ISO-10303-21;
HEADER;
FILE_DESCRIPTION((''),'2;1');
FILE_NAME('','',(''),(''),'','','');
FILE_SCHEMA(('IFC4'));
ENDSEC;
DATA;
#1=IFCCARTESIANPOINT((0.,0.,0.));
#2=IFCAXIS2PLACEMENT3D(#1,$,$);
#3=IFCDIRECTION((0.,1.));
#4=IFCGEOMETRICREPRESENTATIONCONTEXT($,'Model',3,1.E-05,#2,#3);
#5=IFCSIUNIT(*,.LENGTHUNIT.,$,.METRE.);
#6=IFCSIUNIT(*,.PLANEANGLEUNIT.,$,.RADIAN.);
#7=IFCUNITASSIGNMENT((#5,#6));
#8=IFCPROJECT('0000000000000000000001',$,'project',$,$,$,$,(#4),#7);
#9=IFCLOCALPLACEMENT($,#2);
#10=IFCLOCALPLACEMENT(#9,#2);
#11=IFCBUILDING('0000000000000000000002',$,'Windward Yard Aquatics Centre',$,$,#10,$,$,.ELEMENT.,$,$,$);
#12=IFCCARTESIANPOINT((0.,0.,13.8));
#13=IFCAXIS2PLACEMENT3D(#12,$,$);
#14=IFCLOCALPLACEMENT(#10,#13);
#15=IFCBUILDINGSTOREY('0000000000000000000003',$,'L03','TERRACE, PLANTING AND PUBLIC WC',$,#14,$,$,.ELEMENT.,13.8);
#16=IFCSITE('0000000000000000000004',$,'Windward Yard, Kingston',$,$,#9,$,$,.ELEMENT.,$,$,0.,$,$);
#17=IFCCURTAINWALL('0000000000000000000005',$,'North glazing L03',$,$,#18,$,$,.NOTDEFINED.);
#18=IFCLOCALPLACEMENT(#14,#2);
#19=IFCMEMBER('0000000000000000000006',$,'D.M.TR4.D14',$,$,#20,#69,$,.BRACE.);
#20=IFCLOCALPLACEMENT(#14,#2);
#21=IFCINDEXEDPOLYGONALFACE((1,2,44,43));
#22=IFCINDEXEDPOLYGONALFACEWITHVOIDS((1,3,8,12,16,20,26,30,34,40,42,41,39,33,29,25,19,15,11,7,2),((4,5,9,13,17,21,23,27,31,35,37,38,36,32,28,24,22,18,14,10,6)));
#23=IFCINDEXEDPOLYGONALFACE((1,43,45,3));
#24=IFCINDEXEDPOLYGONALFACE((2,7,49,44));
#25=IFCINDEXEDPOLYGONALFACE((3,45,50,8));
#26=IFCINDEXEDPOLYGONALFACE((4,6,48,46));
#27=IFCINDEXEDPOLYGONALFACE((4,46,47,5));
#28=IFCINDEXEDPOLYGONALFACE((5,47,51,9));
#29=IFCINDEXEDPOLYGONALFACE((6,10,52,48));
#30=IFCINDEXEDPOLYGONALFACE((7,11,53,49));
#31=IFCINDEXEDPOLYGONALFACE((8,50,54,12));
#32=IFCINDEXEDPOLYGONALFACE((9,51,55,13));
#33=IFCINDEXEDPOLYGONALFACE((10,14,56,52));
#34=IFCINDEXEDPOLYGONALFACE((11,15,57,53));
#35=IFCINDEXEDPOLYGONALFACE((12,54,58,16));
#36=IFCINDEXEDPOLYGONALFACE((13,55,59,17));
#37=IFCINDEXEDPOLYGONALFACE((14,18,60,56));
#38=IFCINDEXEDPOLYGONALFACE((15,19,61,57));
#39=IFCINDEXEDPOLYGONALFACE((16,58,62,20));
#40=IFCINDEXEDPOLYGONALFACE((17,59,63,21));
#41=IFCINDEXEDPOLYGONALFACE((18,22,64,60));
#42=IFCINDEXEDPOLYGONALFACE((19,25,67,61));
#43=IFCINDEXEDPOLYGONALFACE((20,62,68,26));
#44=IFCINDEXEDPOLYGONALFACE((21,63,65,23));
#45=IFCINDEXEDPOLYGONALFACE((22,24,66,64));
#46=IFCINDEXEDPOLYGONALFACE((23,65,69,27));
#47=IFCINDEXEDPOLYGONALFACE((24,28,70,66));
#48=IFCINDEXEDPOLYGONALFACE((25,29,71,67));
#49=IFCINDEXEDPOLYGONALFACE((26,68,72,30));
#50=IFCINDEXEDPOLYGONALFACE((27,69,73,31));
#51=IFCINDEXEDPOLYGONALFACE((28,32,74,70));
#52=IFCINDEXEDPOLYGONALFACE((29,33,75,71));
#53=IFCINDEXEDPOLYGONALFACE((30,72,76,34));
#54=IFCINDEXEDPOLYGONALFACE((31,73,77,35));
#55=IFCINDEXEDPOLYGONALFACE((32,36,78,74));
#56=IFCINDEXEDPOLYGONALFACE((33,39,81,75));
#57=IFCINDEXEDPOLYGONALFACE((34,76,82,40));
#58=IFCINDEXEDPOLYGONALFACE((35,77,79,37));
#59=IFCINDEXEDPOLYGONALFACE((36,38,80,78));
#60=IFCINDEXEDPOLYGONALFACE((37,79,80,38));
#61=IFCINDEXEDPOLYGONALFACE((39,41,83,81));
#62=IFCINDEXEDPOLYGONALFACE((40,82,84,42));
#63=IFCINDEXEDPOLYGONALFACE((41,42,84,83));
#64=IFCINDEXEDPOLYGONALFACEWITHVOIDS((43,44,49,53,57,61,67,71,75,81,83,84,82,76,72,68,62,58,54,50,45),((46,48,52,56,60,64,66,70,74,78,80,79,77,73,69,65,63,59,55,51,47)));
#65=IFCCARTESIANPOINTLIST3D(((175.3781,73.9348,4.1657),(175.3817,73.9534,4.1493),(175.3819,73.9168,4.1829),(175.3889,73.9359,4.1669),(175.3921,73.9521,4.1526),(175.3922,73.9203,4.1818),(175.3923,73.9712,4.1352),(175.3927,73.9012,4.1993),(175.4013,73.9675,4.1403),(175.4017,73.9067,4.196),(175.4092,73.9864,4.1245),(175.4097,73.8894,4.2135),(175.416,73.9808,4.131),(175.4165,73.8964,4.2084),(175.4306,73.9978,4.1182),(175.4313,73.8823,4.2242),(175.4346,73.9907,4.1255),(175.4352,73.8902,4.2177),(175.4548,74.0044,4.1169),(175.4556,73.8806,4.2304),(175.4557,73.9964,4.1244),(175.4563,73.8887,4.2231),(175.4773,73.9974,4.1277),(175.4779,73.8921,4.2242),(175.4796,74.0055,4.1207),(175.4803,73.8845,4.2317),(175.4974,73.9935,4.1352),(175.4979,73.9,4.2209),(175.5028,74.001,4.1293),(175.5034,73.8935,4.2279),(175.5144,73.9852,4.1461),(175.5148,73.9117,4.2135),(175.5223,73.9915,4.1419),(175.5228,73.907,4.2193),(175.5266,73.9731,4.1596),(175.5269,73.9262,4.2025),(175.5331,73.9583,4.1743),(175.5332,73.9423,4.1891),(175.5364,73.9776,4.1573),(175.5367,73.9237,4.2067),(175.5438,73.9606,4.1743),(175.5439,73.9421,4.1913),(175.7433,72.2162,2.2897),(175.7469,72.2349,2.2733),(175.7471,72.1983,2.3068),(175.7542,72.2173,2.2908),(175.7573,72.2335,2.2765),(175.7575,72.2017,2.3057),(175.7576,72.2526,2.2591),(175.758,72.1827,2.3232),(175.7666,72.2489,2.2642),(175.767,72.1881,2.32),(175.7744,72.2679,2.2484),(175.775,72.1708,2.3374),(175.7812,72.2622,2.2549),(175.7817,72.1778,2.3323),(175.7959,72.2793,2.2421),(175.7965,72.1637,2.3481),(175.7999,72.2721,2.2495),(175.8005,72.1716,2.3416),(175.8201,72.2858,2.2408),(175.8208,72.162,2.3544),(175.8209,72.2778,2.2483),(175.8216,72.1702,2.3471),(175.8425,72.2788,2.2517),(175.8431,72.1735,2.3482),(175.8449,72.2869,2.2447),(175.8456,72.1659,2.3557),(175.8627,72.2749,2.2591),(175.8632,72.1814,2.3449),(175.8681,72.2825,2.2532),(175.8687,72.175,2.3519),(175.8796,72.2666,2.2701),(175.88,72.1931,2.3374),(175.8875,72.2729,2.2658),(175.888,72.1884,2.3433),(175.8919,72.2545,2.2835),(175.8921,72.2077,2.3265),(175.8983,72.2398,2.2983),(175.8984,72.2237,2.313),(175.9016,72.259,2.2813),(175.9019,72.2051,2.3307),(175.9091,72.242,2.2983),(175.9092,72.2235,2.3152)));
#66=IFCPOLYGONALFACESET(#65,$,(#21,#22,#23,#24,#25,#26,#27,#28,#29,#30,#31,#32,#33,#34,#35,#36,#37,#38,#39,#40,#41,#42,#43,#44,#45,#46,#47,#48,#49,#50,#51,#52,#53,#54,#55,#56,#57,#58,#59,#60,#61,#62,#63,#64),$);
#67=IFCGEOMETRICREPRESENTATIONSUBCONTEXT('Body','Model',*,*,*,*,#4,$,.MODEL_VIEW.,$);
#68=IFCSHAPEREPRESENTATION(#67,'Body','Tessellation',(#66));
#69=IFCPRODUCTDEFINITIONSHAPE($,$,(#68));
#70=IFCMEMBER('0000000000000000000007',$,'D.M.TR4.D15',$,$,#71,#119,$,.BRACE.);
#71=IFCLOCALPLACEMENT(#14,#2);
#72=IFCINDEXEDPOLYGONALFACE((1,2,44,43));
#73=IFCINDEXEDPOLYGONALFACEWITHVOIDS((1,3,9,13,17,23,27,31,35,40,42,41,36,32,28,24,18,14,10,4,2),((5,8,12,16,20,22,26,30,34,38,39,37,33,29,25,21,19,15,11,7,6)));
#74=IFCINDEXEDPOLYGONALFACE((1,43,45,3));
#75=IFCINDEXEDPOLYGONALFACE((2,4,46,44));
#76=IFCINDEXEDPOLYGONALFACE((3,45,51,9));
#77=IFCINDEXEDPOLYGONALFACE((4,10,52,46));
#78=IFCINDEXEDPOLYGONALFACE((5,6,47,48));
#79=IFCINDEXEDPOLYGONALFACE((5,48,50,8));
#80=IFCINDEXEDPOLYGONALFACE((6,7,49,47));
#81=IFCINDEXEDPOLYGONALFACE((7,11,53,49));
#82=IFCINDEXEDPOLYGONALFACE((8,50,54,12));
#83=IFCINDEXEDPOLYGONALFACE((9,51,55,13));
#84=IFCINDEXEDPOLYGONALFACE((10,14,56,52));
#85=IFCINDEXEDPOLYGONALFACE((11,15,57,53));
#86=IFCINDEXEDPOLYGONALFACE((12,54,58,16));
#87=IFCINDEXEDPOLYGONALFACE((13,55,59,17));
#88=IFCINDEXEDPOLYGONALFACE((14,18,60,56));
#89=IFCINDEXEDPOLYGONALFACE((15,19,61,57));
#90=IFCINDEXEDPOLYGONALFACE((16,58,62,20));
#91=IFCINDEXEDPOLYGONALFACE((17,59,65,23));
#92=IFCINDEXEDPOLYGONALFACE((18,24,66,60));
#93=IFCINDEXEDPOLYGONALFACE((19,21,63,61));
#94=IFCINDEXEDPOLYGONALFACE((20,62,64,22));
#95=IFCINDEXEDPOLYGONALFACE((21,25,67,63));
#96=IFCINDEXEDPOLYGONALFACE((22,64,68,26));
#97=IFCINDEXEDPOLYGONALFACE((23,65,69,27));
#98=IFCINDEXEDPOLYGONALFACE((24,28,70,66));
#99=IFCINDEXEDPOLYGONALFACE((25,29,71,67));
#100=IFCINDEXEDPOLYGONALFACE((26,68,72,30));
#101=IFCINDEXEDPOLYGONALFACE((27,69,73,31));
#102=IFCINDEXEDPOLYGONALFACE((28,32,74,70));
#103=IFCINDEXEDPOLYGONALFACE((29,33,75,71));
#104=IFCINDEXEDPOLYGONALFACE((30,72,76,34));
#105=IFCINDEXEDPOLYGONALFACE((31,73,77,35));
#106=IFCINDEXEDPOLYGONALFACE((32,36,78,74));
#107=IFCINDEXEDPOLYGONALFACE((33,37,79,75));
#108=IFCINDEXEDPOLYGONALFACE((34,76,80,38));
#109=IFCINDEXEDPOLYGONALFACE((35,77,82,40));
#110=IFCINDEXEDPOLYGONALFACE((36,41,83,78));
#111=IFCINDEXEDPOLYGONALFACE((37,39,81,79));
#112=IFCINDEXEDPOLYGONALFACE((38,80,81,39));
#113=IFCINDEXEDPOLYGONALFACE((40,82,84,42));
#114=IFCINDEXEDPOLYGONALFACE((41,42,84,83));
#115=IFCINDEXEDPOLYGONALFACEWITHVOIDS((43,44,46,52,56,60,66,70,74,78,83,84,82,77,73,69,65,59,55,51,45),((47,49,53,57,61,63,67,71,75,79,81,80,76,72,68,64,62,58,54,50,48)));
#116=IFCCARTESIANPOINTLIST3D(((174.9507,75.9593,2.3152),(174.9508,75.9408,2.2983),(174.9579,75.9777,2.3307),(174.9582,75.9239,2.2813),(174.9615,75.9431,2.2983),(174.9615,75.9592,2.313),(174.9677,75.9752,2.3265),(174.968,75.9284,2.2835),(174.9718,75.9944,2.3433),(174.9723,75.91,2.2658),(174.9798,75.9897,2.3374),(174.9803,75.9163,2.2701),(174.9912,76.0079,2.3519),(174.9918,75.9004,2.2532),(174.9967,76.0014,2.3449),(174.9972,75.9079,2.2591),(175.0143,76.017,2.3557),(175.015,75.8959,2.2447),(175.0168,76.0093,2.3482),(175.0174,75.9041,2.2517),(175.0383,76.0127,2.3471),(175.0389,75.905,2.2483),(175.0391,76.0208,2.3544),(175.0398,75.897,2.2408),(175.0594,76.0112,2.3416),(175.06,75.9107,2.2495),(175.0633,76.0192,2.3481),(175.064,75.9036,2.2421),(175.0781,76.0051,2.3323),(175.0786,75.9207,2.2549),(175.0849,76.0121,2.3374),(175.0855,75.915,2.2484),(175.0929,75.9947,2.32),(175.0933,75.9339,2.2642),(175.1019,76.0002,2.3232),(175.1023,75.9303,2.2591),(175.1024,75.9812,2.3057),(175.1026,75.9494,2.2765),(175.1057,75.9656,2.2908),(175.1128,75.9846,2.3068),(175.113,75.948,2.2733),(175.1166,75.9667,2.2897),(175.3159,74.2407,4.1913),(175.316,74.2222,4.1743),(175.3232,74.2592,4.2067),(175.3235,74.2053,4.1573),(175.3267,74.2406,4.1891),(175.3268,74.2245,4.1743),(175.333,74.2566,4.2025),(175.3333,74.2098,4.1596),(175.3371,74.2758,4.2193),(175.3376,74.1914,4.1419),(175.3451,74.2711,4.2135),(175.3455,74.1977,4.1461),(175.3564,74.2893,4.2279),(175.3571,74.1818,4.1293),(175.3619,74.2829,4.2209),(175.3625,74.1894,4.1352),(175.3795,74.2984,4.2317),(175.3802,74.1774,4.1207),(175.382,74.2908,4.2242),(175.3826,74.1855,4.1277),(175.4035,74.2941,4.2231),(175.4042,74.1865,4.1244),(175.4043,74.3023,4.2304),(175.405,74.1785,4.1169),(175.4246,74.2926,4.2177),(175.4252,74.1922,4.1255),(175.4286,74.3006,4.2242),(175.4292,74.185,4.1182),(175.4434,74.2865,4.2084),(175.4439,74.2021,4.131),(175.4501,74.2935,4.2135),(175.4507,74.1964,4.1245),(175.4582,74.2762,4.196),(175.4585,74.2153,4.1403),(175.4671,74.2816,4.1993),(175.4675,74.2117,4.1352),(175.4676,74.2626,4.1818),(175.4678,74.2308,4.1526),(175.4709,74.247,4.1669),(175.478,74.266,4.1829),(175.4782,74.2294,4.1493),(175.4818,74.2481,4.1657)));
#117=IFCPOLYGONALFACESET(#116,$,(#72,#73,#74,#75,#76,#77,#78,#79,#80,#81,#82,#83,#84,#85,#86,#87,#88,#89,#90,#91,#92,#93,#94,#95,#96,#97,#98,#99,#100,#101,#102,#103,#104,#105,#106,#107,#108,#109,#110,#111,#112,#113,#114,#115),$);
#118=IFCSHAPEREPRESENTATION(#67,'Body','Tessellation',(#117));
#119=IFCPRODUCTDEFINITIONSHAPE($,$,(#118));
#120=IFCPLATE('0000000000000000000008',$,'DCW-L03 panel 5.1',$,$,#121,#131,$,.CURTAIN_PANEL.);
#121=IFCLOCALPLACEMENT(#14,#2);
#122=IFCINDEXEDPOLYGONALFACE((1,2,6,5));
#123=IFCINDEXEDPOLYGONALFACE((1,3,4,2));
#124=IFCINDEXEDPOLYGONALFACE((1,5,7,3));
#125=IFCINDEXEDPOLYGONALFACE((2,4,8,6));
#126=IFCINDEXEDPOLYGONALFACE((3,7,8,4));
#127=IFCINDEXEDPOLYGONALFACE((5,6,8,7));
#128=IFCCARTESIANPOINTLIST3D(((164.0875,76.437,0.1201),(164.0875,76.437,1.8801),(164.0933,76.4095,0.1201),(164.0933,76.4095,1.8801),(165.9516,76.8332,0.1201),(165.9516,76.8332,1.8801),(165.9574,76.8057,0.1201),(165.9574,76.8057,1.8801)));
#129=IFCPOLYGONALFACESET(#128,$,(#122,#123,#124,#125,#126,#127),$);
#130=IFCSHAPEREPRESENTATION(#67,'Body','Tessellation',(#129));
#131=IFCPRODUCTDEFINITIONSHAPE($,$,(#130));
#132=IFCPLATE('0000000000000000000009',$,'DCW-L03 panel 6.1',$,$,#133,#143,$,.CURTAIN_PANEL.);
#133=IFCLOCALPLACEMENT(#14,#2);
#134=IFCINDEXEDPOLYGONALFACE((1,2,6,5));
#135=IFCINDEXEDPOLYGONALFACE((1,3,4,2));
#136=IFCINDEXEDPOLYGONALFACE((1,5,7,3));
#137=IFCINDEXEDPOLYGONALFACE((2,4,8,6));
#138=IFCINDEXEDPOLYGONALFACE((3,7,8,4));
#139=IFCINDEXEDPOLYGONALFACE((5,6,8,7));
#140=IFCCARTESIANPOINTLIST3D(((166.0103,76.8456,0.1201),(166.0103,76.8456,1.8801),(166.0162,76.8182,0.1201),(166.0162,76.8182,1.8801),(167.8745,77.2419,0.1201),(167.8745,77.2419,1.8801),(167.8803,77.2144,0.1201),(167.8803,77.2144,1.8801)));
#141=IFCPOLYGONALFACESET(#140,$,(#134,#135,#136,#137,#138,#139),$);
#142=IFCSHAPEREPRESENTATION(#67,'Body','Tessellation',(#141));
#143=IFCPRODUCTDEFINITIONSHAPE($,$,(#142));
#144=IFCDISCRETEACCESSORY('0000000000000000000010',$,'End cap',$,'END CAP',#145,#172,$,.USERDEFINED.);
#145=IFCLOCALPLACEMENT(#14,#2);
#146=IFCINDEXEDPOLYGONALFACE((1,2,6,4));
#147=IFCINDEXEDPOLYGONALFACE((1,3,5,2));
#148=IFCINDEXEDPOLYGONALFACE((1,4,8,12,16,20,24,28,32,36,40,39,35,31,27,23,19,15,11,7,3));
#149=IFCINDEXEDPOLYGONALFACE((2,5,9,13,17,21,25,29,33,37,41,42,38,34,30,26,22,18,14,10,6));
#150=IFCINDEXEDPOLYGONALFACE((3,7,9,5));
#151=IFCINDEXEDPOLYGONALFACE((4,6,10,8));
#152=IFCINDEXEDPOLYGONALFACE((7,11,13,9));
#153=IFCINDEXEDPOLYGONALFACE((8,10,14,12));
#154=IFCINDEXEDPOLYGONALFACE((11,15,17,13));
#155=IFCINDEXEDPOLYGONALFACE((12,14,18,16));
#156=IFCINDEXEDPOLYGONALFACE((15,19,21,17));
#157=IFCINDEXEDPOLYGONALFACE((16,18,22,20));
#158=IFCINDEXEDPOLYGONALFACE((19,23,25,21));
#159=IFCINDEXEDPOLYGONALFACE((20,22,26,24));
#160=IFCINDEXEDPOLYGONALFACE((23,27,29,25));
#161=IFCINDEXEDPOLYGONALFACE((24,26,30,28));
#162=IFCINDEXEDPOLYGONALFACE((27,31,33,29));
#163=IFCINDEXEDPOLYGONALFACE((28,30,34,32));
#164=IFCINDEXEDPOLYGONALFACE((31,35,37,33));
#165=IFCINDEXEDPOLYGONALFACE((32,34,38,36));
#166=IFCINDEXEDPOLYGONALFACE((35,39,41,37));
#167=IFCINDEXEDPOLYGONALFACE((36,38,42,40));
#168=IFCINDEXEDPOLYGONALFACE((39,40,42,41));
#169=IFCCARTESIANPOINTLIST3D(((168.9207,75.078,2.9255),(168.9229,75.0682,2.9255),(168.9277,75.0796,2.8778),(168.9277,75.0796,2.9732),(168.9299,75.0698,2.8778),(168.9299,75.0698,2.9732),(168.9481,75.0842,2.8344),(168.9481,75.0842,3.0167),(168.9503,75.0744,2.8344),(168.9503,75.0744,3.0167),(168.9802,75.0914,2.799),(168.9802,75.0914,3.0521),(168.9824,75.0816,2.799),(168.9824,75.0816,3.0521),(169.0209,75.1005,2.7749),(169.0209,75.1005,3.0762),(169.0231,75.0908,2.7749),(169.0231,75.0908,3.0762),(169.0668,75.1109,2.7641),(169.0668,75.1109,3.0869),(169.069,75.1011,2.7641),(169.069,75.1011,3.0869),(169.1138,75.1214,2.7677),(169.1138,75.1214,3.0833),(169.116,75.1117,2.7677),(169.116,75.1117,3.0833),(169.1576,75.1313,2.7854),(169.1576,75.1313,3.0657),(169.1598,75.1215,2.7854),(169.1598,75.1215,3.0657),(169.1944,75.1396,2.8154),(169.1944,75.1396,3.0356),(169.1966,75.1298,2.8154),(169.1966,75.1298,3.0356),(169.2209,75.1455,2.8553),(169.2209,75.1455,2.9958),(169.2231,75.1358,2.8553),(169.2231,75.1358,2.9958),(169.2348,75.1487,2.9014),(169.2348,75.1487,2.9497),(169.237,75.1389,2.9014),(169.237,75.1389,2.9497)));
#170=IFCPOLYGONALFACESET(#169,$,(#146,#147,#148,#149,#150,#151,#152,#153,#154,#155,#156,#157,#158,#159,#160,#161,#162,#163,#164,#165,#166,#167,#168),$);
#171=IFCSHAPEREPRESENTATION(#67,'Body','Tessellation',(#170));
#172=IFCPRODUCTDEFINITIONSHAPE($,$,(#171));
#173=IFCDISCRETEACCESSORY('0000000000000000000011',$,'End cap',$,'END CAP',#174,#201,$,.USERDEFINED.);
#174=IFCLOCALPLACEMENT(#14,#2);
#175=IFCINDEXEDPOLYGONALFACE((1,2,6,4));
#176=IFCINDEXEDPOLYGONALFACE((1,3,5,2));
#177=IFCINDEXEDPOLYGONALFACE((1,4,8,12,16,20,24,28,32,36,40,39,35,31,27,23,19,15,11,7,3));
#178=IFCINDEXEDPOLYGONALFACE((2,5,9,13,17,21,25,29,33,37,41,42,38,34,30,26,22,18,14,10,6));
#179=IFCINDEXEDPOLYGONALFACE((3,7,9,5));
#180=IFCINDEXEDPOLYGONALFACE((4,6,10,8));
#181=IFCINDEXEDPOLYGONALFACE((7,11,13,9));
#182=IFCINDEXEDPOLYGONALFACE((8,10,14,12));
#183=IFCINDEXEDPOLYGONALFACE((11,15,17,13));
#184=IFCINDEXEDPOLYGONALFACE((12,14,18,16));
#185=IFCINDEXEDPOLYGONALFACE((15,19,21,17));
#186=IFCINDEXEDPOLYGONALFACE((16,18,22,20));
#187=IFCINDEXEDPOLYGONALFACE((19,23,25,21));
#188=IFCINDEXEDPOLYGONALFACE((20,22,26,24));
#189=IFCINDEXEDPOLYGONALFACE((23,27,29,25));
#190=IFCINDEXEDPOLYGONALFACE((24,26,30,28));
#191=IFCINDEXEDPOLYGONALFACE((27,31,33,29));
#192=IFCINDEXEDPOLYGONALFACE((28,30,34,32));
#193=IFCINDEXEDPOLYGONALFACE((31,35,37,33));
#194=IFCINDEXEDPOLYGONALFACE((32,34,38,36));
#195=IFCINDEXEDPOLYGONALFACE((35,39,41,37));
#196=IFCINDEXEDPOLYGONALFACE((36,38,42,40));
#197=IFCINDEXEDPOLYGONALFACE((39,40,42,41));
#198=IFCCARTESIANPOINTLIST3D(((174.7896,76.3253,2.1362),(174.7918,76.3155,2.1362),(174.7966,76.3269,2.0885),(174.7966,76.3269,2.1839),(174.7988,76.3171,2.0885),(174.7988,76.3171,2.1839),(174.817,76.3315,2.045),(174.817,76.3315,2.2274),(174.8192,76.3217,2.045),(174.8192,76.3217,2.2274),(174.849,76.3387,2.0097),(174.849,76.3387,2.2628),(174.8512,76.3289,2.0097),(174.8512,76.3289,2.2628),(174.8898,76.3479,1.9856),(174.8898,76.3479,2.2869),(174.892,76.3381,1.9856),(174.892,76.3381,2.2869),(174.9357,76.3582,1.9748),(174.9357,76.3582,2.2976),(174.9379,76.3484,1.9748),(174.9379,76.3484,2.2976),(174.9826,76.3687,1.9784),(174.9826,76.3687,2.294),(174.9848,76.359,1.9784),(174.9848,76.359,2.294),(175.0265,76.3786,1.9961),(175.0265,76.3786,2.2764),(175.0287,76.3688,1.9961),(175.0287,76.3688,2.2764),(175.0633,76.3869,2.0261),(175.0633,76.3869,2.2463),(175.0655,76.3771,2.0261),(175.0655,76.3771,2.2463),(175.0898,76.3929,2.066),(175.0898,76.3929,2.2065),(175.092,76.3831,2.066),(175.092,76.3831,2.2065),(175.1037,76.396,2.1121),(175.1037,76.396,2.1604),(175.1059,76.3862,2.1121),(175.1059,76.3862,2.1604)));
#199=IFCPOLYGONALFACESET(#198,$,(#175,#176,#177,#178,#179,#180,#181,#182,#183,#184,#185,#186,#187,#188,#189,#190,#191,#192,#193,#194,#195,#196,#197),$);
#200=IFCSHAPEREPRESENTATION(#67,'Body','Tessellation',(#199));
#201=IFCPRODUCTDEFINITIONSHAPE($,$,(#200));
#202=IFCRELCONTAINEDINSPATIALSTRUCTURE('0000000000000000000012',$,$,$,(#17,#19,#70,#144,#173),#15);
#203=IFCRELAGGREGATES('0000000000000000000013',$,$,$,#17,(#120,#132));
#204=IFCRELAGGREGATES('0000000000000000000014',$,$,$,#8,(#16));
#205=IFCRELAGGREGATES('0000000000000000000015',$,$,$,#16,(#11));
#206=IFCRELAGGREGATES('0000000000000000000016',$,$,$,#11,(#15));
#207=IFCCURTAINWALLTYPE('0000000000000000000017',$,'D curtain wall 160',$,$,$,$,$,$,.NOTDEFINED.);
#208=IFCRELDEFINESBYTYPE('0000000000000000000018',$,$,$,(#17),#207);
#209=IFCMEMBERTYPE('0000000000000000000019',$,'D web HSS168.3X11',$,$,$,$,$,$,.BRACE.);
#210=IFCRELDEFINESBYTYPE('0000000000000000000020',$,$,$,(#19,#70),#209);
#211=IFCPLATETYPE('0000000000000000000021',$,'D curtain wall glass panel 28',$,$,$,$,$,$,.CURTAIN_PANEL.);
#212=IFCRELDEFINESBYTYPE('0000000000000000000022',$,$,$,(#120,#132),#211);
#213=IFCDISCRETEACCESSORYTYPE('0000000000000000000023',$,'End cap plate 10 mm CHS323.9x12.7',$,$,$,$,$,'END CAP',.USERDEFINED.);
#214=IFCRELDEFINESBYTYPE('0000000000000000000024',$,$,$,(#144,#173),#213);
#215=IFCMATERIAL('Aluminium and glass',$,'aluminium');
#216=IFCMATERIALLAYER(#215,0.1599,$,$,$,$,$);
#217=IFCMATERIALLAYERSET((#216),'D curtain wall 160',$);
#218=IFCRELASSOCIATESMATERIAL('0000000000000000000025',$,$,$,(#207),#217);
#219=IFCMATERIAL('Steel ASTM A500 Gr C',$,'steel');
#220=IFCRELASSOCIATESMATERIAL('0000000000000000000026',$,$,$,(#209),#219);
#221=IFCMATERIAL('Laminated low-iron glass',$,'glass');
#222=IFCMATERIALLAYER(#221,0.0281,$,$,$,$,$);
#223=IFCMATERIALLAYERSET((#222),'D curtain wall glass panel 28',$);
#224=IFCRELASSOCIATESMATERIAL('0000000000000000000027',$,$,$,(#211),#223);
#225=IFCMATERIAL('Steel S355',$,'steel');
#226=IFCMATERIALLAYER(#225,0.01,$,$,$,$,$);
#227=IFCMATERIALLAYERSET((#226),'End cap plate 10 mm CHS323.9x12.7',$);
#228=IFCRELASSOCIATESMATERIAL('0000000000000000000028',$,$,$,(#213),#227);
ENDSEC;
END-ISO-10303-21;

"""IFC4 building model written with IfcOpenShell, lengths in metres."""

from ifc_helpers import new_model, si_unit, direction, frame, origin, origin_2d, place, context, subcontext, project, spatial, rectangle, circle, hollow_circle, extrude, material, layer, layer_set, material_profile, profile_set, type_object, element, aggregate, save


model = new_model("IFC4")

# Units and contexts
model_context = context("Model", 3, precision=1e-05, world=origin(), true_north=direction((0.0, 1.0)))
body_context = subcontext(model_context, "Body", "Model", "MODEL_VIEW")
ifc_project = project(units=[si_unit("LENGTHUNIT", "METRE"), si_unit("PLANEANGLEUNIT", "RADIAN")], contexts=[model_context])

# Site, building, storey
site_placement = place(None, origin())
site = spatial("IfcSite", under=ifc_project, at=site_placement, Name="Windward Yard, Kingston", CompositionType="ELEMENT", RefElevation=0.0)
building_placement = place(site_placement, origin())
building = spatial("IfcBuilding", under=site, at=building_placement, Name="Windward Yard Aquatics Centre", CompositionType="ELEMENT")
storey_placement = place(building_placement, frame((0.0, 0.0, 13.8)))
storey = spatial("IfcBuildingStorey", under=building, at=storey_placement, Name="L03", Description="TERRACE, PLANTING AND PUBLIC WC", CompositionType="ELEMENT", Elevation=13.8)

# Shared definitions
ifc_material_1 = material(Name="Steel ASTM A500 Gr C", Category="steel")

# Curtain wall
ifc_material_2 = material(Name="Aluminium and glass", Category="aluminium")
ifc_layer_1 = layer(ifc_material_2, 0.1599)
ifc_layer_set_1 = layer_set([ifc_layer_1], Name="D curtain wall 160")
curtain_wall_type = type_object("IfcCurtainWallType", Name="D curtain wall 160", PredefinedType="NOTDEFINED", material=ifc_layer_set_1)
curtain_wall_placement = place(storey_placement, origin())
curtain_wall = element("IfcCurtainWall", 1, at=curtain_wall_placement, inside=storey, type_object=curtain_wall_type, Name="North glazing L03", PredefinedType="NOTDEFINED")

# Members
ifc_material_profile_1 = material_profile(ifc_material_1, hollow_circle(Radius=0.0842, WallThickness=0.011, at=origin_2d()), Name="HSS168.3X11")
ifc_profile_set_1 = profile_set([ifc_material_profile_1], Name="Steel ASTM A500 Gr C")
member_type_1 = type_object("IfcMemberType", Name="D web HSS168.3X11", PredefinedType="BRACE", material=ifc_profile_set_1)
for number, where, z_axis, x_axis, name in (
    (2, (175.4614, 73.9431, 4.1743), (0.142103, -0.668626, -0.729894), (0.978153, 0.207887, 0.0), "D.M.TR4.D14"),
    (3, (175.3984, 74.2397, 4.1743), (-0.142103, 0.668626, -0.729894), (-0.978153, -0.207887, 0.0), "D.M.TR4.D15"),
):
    element("IfcMember", number, at=place(storey_placement, frame(where, z_axis=z_axis, x_axis=x_axis)), inside=storey, type_object=member_type_1, Name=name, PredefinedType="BRACE", context=body_context, shape_type="SweptSolid", body=[
        extrude(hollow_circle(Radius=0.0842, WallThickness=0.011, at=origin_2d()), origin(), (0.0, 0.0, 1.0), 2.5703),
    ])

# Plates
ifc_material_3 = material(Name="Laminated low-iron glass", Category="glass")
ifc_layer_2 = layer(ifc_material_3, 0.0281)
ifc_layer_set_2 = layer_set([ifc_layer_2], Name="D curtain wall glass panel 28")
plate_type = type_object("IfcPlateType", Name="D curtain wall glass panel 28", PredefinedType="CURTAIN_PANEL", material=ifc_layer_set_2)
plate_1_placement = place(storey_placement, frame((165.0225, 76.6213, 0.1201), z_axis=(0.0, 0.0, 1.0), x_axis=(0.978148, 0.207912, 0.0)))
plate_1 = element("IfcPlate", 4, at=plate_1_placement, type_object=plate_type, Name="DCW-L03 panel 5.1", PredefinedType="CURTAIN_PANEL", context=body_context, shape_type="SweptSolid", body=[
    extrude(rectangle(XDim=1.9058, YDim=0.0281, at=origin_2d()), origin(), (0.0, 0.0, 1.0), 1.76),
])
plate_2_placement = place(storey_placement, frame((166.9453, 77.03, 0.1201), z_axis=(0.0, 0.0, 1.0), x_axis=(0.978148, 0.207912, 0.0)))
plate_2 = element("IfcPlate", 5, at=plate_2_placement, type_object=plate_type, Name="DCW-L03 panel 6.1", PredefinedType="CURTAIN_PANEL", context=body_context, shape_type="SweptSolid", body=[
    extrude(rectangle(XDim=1.9058, YDim=0.0281, at=origin_2d()), origin(), (0.0, 0.0, 1.0), 1.76),
])
aggregate(curtain_wall, [plate_1, plate_2])

# Discrete accessories
ifc_material_4 = material(Name="Steel S355", Category="steel")
ifc_layer_3 = layer(ifc_material_4, 0.01)
ifc_layer_set_3 = layer_set([ifc_layer_3], Name="End cap plate 10 mm CHS323.9x12.7")
discrete_accessory_type_1 = type_object("IfcDiscreteAccessoryType", Name="End cap plate 10 mm CHS323.9x12.7", ElementType="END CAP", PredefinedType="USERDEFINED", material=ifc_layer_set_3)
for number, where, z_axis, x_axis, name in (
    (6, (169.0808, 75.1038, 2.9255), (-0.219512, 0.97561, 0.0), (-0.97561, -0.219512, 0.0), "End cap"),
    (7, (174.9497, 76.3511, 2.1362), (-0.219512, 0.97561, 0.0), (-0.97561, -0.219512, 0.0), "End cap"),
):
    element("IfcDiscreteAccessory", number, at=place(storey_placement, frame(where, z_axis=z_axis, x_axis=x_axis)), inside=storey, type_object=discrete_accessory_type_1, Name=name, ObjectType="END CAP", PredefinedType="USERDEFINED", context=body_context, shape_type="SweptSolid", body=[
        extrude(circle(Radius=0.1619, at=origin_2d()), origin(), (0.0, 0.0, 1.0), 0.01),
    ])

save(model, "model.ifc")
